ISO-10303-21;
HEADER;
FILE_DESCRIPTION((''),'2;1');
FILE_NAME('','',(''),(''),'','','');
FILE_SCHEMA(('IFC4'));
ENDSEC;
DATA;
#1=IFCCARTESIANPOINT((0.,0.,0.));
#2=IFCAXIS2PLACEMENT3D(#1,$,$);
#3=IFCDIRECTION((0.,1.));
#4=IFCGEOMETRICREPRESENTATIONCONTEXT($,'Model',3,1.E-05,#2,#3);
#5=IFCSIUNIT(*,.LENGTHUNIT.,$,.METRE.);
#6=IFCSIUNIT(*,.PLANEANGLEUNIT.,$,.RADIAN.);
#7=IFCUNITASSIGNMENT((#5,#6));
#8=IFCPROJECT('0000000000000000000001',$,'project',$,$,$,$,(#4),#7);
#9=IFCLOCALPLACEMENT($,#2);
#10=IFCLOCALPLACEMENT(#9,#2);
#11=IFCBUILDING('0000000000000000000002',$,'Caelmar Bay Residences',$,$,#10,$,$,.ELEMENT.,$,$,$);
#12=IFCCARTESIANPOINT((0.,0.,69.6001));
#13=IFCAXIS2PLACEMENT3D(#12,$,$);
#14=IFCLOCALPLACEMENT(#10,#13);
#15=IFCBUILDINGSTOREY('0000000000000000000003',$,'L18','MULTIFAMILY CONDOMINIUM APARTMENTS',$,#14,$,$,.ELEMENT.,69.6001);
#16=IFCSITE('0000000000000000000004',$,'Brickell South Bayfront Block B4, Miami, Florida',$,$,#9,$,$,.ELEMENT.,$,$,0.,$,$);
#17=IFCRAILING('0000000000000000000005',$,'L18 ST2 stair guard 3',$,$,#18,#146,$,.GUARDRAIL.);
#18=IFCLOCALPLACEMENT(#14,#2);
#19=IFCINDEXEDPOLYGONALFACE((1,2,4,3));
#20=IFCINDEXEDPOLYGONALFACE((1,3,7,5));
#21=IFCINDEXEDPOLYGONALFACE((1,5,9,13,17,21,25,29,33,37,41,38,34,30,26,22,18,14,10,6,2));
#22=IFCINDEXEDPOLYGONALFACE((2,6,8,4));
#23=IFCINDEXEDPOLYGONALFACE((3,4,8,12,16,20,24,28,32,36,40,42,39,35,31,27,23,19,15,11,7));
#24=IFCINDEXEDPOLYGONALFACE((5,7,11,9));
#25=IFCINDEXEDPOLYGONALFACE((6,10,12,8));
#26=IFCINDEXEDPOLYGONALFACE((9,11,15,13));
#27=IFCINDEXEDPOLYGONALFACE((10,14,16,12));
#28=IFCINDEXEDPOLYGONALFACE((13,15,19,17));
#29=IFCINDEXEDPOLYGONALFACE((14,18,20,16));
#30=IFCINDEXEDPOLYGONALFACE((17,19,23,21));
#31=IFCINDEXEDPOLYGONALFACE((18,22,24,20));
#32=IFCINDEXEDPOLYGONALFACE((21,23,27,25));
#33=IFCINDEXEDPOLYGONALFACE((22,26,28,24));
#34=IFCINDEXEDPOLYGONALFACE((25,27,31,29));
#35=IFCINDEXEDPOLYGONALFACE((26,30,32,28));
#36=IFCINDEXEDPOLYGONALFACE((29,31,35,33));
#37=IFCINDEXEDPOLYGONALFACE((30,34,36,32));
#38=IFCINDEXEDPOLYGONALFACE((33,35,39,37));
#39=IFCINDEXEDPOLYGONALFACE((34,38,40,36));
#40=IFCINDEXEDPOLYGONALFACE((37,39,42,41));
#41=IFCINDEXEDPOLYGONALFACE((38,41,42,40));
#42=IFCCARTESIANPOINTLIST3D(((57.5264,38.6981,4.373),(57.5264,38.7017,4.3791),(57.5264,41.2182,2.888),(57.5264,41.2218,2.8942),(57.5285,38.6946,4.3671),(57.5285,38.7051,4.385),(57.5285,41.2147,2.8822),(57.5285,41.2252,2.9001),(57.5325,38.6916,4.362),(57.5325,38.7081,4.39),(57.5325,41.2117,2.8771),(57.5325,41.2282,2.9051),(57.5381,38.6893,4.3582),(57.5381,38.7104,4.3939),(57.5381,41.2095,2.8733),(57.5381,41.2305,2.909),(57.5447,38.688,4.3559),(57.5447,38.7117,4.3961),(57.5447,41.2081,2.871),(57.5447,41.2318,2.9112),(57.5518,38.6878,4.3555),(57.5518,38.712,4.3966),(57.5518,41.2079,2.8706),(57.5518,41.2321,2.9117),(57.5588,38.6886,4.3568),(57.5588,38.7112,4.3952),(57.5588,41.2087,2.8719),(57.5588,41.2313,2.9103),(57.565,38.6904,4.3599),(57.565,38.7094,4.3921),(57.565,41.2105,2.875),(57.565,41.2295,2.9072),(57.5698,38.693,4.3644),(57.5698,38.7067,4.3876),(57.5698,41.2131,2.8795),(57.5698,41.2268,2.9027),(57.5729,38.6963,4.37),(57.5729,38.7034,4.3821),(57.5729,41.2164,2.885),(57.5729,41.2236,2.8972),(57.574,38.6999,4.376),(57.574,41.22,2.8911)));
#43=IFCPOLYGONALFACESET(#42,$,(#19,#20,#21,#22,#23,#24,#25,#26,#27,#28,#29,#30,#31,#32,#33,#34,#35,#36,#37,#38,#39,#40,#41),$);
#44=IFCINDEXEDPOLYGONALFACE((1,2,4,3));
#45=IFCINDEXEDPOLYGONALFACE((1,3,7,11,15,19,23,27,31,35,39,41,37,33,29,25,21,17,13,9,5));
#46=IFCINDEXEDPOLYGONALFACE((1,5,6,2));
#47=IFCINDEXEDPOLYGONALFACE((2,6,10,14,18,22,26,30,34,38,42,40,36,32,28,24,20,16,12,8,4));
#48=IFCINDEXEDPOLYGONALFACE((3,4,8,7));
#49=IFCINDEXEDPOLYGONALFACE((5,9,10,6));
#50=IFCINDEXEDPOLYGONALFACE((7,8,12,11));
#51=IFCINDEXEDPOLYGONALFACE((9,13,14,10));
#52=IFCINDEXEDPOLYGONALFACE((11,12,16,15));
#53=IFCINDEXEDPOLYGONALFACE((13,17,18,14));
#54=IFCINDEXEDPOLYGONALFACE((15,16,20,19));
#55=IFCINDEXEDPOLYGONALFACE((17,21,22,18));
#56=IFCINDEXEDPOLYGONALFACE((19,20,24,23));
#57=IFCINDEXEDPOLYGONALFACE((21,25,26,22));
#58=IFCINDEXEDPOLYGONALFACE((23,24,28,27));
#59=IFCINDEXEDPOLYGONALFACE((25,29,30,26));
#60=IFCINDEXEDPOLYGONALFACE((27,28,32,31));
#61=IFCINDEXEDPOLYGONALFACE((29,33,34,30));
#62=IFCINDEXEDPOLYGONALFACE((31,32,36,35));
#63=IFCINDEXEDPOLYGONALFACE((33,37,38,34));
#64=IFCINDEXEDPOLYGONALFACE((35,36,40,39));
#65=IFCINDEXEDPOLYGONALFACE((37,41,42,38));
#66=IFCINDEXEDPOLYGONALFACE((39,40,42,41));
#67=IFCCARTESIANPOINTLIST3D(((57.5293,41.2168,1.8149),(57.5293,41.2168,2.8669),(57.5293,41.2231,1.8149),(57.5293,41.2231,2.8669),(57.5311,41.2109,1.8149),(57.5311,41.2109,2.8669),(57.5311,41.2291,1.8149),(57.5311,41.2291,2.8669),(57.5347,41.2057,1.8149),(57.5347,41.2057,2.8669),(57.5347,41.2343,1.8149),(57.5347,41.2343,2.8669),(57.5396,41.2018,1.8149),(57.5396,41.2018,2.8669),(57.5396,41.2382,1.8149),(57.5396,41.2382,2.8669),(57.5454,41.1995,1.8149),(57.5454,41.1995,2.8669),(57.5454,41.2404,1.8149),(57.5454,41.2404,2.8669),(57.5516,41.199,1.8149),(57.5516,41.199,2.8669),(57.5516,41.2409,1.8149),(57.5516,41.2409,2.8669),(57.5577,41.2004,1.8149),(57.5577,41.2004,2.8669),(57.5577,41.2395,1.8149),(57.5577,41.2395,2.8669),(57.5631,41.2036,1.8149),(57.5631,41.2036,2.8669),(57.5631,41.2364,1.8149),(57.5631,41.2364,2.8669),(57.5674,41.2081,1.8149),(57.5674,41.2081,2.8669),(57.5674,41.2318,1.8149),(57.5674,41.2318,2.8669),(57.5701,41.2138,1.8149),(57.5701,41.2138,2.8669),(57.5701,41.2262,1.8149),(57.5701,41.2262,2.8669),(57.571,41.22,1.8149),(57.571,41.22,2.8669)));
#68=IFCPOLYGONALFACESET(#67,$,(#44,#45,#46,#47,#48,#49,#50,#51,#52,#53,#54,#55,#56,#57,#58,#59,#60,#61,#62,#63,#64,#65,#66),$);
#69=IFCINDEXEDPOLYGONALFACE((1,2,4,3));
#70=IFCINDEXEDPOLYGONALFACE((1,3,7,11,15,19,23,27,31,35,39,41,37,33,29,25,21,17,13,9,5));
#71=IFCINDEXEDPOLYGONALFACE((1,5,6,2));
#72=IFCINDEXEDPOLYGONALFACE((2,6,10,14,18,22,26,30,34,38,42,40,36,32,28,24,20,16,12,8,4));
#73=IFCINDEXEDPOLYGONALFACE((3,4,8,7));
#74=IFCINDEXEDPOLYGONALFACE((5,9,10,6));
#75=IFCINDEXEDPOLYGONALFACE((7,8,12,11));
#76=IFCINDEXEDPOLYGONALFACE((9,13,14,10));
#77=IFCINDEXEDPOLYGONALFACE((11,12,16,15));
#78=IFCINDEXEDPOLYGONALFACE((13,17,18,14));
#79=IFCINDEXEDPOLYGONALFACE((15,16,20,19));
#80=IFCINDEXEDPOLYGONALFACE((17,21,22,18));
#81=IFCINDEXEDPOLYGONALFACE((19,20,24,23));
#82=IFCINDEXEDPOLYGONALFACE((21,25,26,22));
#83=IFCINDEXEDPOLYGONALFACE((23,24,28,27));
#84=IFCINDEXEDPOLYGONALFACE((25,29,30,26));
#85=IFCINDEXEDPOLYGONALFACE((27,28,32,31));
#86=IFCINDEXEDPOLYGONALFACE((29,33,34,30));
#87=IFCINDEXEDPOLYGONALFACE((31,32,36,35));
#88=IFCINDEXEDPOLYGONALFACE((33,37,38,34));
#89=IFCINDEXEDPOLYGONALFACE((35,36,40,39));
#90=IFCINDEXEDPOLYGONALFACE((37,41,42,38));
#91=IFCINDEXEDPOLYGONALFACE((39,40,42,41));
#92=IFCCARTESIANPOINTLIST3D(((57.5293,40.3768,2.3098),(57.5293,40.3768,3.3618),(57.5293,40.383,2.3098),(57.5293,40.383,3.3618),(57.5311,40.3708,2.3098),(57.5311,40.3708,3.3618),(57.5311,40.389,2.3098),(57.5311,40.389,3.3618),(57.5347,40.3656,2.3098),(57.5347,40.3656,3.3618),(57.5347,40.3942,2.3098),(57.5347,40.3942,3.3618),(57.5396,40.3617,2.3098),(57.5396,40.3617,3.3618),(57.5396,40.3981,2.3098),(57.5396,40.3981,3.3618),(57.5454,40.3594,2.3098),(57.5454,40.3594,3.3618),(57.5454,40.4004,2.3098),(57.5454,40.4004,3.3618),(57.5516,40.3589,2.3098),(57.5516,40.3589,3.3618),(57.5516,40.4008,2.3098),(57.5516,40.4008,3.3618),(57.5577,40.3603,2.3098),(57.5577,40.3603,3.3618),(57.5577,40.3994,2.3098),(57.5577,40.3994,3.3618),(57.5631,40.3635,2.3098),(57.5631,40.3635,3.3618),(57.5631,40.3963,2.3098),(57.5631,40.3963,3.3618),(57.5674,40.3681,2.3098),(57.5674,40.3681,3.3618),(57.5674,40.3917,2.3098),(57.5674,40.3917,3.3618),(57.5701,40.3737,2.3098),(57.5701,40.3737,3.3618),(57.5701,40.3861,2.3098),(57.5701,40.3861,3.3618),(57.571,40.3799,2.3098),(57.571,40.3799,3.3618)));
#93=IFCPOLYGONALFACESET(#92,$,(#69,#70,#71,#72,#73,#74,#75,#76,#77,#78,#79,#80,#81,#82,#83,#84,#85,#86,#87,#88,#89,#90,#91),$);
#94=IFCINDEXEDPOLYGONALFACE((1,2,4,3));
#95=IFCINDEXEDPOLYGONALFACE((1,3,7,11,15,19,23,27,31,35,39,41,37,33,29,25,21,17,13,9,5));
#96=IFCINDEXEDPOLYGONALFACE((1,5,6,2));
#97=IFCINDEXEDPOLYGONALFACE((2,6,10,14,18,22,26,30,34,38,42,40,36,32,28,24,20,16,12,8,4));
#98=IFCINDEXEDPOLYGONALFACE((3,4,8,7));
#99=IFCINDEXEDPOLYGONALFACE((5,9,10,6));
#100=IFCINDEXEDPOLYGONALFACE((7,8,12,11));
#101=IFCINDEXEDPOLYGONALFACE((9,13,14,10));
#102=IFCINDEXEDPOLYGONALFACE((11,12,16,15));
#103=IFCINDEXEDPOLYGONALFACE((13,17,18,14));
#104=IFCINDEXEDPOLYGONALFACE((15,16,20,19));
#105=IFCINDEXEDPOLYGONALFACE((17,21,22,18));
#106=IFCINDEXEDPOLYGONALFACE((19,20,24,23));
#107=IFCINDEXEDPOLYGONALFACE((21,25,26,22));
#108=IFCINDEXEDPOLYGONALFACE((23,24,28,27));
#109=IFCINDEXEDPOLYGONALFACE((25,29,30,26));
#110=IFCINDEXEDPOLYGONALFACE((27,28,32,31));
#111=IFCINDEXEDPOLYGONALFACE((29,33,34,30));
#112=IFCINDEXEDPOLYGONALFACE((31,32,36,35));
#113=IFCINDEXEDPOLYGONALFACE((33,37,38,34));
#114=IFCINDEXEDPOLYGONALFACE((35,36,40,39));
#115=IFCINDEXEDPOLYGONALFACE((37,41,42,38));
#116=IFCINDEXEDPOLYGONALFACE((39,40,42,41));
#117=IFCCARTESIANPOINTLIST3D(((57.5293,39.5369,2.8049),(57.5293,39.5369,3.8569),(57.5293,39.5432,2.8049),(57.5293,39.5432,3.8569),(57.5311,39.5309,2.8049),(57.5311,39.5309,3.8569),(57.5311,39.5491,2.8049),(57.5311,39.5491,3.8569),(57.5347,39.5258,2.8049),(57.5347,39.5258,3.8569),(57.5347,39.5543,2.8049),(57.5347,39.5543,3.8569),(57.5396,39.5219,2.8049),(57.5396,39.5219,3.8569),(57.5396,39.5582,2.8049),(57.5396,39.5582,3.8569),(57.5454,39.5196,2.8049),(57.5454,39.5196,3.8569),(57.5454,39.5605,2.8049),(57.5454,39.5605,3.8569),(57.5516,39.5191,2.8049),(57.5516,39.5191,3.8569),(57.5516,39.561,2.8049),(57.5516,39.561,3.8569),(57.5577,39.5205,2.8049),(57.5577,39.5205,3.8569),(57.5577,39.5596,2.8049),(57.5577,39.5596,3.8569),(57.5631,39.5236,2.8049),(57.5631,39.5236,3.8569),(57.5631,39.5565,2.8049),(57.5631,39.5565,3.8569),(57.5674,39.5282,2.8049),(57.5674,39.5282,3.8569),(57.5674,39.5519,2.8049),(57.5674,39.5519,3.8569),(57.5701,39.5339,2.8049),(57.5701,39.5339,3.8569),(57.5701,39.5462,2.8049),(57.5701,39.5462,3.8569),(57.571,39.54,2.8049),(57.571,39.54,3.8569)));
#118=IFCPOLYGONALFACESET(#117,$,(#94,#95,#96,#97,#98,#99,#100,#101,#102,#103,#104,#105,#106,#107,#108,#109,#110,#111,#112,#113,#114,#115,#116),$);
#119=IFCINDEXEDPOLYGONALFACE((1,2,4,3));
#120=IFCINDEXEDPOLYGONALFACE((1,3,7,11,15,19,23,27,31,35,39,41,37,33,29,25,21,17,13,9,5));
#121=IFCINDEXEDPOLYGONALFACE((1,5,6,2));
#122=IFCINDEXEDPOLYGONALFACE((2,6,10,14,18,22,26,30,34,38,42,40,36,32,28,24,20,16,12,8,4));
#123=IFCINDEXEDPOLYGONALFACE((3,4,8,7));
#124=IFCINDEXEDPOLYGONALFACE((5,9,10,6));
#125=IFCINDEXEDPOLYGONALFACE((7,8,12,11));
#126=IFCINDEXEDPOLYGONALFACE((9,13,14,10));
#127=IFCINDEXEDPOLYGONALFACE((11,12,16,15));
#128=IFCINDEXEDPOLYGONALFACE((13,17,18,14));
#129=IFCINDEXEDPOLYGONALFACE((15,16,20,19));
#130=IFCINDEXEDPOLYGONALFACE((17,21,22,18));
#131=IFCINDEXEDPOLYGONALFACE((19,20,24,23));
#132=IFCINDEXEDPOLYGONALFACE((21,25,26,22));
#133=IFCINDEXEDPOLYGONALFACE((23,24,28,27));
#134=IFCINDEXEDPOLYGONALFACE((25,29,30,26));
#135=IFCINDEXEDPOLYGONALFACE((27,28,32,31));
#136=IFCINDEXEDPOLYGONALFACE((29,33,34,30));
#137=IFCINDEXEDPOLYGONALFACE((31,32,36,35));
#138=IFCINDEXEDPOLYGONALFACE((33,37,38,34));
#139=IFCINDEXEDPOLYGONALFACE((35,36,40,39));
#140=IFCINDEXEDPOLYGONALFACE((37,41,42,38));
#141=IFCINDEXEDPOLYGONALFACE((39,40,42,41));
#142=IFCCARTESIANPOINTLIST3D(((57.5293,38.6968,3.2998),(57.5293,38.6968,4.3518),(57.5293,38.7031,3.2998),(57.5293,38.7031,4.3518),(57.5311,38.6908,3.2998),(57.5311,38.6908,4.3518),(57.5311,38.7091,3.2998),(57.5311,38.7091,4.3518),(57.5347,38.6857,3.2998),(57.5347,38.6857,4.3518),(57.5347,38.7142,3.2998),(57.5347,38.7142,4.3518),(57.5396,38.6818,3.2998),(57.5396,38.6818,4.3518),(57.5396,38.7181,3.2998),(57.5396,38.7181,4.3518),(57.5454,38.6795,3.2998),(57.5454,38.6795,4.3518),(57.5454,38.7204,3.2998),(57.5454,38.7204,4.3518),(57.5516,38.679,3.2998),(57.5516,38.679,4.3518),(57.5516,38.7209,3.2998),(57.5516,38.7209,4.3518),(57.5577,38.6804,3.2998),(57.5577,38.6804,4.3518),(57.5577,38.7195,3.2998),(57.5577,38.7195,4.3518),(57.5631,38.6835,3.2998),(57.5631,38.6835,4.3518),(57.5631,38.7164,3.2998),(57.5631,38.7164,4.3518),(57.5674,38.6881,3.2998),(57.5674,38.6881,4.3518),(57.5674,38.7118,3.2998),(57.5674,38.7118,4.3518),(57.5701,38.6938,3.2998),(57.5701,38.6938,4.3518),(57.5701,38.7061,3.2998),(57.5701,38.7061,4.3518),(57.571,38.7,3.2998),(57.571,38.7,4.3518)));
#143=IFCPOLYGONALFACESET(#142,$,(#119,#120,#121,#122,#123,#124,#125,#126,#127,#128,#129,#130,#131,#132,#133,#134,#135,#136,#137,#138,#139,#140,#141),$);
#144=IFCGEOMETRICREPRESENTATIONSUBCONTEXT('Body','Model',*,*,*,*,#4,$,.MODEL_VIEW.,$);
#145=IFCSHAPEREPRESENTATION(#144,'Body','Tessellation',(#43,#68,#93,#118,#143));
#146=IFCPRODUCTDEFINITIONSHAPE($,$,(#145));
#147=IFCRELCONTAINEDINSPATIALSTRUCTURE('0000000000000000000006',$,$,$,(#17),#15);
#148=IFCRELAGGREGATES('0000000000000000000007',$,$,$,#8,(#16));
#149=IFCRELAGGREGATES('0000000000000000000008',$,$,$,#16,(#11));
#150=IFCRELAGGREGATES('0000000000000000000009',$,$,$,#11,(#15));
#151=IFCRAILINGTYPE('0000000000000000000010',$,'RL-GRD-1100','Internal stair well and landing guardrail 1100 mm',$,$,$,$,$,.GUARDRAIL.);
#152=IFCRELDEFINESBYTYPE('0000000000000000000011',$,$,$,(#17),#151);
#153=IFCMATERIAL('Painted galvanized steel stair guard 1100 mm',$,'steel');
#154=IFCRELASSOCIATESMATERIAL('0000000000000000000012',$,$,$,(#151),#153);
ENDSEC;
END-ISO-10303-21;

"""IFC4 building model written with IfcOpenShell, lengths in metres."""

from ifc_helpers import new_model, si_unit, direction, frame, origin, origin_2d, place, context, subcontext, project, spatial, circle, extrude, material, type_object, element, save


model = new_model("IFC4")

# Units and contexts
model_context = context("Model", 3, precision=1e-05, world=origin(), true_north=direction((0.0, 1.0)))
body_context = subcontext(model_context, "Body", "Model", "MODEL_VIEW")
ifc_project = project(units=[si_unit("LENGTHUNIT", "METRE"), si_unit("PLANEANGLEUNIT", "RADIAN")], contexts=[model_context])

# Site, building, storey
site_placement = place(None, origin())
site = spatial("IfcSite", under=ifc_project, at=site_placement, Name="Brickell South Bayfront Block B4, Miami, Florida", CompositionType="ELEMENT", RefElevation=0.0)
building_placement = place(site_placement, origin())
building = spatial("IfcBuilding", under=site, at=building_placement, Name="Caelmar Bay Residences", CompositionType="ELEMENT")
storey_placement = place(building_placement, frame((0.0, 0.0, 69.6001)))
storey = spatial("IfcBuildingStorey", under=building, at=storey_placement, Name="L18", Description="MULTIFAMILY CONDOMINIUM APARTMENTS", CompositionType="ELEMENT", Elevation=69.6001)

# Railing
ifc_material_1 = material(Name="Painted galvanized steel stair guard 1100 mm", Category="steel")
railing_type_1 = type_object("IfcRailingType", Name="RL-GRD-1100", Description="Internal stair well and landing guardrail 1100 mm", PredefinedType="GUARDRAIL", material=ifc_material_1)
railing_1_placement = place(storey_placement, frame((57.55, 41.22, 1.8149)))
element("IfcRailing", 1, at=railing_1_placement, inside=storey, type_object=railing_type_1, Name="L18 ST2 stair guard 3", PredefinedType="GUARDRAIL", context=body_context, shape_type="SweptSolid", body=[
    extrude(circle(Radius=0.0239, at=origin_2d()), frame((0.0, 0.0, 1.0762), z_axis=(0.0, -0.861561, 0.507655), x_axis=(1.0, 0.0, 0.0)), (0.0, 0.0, 1.0), 2.925),
    extrude(circle(Radius=0.021, at=origin_2d()), origin(), (0.0, 0.0, 1.0), 1.052),
    extrude(circle(Radius=0.021, at=origin_2d()), frame((0.0, -0.8401, 0.4949)), (0.0, 0.0, 1.0), 1.052),
    extrude(circle(Radius=0.021, at=origin_2d()), frame((0.0, -1.6799, 0.99)), (0.0, 0.0, 1.0), 1.052),
    extrude(circle(Radius=0.021, at=origin_2d()), frame((0.0, -2.52, 1.4849)), (0.0, 0.0, 1.0), 1.052),
])

save(model, "model.ifc")
